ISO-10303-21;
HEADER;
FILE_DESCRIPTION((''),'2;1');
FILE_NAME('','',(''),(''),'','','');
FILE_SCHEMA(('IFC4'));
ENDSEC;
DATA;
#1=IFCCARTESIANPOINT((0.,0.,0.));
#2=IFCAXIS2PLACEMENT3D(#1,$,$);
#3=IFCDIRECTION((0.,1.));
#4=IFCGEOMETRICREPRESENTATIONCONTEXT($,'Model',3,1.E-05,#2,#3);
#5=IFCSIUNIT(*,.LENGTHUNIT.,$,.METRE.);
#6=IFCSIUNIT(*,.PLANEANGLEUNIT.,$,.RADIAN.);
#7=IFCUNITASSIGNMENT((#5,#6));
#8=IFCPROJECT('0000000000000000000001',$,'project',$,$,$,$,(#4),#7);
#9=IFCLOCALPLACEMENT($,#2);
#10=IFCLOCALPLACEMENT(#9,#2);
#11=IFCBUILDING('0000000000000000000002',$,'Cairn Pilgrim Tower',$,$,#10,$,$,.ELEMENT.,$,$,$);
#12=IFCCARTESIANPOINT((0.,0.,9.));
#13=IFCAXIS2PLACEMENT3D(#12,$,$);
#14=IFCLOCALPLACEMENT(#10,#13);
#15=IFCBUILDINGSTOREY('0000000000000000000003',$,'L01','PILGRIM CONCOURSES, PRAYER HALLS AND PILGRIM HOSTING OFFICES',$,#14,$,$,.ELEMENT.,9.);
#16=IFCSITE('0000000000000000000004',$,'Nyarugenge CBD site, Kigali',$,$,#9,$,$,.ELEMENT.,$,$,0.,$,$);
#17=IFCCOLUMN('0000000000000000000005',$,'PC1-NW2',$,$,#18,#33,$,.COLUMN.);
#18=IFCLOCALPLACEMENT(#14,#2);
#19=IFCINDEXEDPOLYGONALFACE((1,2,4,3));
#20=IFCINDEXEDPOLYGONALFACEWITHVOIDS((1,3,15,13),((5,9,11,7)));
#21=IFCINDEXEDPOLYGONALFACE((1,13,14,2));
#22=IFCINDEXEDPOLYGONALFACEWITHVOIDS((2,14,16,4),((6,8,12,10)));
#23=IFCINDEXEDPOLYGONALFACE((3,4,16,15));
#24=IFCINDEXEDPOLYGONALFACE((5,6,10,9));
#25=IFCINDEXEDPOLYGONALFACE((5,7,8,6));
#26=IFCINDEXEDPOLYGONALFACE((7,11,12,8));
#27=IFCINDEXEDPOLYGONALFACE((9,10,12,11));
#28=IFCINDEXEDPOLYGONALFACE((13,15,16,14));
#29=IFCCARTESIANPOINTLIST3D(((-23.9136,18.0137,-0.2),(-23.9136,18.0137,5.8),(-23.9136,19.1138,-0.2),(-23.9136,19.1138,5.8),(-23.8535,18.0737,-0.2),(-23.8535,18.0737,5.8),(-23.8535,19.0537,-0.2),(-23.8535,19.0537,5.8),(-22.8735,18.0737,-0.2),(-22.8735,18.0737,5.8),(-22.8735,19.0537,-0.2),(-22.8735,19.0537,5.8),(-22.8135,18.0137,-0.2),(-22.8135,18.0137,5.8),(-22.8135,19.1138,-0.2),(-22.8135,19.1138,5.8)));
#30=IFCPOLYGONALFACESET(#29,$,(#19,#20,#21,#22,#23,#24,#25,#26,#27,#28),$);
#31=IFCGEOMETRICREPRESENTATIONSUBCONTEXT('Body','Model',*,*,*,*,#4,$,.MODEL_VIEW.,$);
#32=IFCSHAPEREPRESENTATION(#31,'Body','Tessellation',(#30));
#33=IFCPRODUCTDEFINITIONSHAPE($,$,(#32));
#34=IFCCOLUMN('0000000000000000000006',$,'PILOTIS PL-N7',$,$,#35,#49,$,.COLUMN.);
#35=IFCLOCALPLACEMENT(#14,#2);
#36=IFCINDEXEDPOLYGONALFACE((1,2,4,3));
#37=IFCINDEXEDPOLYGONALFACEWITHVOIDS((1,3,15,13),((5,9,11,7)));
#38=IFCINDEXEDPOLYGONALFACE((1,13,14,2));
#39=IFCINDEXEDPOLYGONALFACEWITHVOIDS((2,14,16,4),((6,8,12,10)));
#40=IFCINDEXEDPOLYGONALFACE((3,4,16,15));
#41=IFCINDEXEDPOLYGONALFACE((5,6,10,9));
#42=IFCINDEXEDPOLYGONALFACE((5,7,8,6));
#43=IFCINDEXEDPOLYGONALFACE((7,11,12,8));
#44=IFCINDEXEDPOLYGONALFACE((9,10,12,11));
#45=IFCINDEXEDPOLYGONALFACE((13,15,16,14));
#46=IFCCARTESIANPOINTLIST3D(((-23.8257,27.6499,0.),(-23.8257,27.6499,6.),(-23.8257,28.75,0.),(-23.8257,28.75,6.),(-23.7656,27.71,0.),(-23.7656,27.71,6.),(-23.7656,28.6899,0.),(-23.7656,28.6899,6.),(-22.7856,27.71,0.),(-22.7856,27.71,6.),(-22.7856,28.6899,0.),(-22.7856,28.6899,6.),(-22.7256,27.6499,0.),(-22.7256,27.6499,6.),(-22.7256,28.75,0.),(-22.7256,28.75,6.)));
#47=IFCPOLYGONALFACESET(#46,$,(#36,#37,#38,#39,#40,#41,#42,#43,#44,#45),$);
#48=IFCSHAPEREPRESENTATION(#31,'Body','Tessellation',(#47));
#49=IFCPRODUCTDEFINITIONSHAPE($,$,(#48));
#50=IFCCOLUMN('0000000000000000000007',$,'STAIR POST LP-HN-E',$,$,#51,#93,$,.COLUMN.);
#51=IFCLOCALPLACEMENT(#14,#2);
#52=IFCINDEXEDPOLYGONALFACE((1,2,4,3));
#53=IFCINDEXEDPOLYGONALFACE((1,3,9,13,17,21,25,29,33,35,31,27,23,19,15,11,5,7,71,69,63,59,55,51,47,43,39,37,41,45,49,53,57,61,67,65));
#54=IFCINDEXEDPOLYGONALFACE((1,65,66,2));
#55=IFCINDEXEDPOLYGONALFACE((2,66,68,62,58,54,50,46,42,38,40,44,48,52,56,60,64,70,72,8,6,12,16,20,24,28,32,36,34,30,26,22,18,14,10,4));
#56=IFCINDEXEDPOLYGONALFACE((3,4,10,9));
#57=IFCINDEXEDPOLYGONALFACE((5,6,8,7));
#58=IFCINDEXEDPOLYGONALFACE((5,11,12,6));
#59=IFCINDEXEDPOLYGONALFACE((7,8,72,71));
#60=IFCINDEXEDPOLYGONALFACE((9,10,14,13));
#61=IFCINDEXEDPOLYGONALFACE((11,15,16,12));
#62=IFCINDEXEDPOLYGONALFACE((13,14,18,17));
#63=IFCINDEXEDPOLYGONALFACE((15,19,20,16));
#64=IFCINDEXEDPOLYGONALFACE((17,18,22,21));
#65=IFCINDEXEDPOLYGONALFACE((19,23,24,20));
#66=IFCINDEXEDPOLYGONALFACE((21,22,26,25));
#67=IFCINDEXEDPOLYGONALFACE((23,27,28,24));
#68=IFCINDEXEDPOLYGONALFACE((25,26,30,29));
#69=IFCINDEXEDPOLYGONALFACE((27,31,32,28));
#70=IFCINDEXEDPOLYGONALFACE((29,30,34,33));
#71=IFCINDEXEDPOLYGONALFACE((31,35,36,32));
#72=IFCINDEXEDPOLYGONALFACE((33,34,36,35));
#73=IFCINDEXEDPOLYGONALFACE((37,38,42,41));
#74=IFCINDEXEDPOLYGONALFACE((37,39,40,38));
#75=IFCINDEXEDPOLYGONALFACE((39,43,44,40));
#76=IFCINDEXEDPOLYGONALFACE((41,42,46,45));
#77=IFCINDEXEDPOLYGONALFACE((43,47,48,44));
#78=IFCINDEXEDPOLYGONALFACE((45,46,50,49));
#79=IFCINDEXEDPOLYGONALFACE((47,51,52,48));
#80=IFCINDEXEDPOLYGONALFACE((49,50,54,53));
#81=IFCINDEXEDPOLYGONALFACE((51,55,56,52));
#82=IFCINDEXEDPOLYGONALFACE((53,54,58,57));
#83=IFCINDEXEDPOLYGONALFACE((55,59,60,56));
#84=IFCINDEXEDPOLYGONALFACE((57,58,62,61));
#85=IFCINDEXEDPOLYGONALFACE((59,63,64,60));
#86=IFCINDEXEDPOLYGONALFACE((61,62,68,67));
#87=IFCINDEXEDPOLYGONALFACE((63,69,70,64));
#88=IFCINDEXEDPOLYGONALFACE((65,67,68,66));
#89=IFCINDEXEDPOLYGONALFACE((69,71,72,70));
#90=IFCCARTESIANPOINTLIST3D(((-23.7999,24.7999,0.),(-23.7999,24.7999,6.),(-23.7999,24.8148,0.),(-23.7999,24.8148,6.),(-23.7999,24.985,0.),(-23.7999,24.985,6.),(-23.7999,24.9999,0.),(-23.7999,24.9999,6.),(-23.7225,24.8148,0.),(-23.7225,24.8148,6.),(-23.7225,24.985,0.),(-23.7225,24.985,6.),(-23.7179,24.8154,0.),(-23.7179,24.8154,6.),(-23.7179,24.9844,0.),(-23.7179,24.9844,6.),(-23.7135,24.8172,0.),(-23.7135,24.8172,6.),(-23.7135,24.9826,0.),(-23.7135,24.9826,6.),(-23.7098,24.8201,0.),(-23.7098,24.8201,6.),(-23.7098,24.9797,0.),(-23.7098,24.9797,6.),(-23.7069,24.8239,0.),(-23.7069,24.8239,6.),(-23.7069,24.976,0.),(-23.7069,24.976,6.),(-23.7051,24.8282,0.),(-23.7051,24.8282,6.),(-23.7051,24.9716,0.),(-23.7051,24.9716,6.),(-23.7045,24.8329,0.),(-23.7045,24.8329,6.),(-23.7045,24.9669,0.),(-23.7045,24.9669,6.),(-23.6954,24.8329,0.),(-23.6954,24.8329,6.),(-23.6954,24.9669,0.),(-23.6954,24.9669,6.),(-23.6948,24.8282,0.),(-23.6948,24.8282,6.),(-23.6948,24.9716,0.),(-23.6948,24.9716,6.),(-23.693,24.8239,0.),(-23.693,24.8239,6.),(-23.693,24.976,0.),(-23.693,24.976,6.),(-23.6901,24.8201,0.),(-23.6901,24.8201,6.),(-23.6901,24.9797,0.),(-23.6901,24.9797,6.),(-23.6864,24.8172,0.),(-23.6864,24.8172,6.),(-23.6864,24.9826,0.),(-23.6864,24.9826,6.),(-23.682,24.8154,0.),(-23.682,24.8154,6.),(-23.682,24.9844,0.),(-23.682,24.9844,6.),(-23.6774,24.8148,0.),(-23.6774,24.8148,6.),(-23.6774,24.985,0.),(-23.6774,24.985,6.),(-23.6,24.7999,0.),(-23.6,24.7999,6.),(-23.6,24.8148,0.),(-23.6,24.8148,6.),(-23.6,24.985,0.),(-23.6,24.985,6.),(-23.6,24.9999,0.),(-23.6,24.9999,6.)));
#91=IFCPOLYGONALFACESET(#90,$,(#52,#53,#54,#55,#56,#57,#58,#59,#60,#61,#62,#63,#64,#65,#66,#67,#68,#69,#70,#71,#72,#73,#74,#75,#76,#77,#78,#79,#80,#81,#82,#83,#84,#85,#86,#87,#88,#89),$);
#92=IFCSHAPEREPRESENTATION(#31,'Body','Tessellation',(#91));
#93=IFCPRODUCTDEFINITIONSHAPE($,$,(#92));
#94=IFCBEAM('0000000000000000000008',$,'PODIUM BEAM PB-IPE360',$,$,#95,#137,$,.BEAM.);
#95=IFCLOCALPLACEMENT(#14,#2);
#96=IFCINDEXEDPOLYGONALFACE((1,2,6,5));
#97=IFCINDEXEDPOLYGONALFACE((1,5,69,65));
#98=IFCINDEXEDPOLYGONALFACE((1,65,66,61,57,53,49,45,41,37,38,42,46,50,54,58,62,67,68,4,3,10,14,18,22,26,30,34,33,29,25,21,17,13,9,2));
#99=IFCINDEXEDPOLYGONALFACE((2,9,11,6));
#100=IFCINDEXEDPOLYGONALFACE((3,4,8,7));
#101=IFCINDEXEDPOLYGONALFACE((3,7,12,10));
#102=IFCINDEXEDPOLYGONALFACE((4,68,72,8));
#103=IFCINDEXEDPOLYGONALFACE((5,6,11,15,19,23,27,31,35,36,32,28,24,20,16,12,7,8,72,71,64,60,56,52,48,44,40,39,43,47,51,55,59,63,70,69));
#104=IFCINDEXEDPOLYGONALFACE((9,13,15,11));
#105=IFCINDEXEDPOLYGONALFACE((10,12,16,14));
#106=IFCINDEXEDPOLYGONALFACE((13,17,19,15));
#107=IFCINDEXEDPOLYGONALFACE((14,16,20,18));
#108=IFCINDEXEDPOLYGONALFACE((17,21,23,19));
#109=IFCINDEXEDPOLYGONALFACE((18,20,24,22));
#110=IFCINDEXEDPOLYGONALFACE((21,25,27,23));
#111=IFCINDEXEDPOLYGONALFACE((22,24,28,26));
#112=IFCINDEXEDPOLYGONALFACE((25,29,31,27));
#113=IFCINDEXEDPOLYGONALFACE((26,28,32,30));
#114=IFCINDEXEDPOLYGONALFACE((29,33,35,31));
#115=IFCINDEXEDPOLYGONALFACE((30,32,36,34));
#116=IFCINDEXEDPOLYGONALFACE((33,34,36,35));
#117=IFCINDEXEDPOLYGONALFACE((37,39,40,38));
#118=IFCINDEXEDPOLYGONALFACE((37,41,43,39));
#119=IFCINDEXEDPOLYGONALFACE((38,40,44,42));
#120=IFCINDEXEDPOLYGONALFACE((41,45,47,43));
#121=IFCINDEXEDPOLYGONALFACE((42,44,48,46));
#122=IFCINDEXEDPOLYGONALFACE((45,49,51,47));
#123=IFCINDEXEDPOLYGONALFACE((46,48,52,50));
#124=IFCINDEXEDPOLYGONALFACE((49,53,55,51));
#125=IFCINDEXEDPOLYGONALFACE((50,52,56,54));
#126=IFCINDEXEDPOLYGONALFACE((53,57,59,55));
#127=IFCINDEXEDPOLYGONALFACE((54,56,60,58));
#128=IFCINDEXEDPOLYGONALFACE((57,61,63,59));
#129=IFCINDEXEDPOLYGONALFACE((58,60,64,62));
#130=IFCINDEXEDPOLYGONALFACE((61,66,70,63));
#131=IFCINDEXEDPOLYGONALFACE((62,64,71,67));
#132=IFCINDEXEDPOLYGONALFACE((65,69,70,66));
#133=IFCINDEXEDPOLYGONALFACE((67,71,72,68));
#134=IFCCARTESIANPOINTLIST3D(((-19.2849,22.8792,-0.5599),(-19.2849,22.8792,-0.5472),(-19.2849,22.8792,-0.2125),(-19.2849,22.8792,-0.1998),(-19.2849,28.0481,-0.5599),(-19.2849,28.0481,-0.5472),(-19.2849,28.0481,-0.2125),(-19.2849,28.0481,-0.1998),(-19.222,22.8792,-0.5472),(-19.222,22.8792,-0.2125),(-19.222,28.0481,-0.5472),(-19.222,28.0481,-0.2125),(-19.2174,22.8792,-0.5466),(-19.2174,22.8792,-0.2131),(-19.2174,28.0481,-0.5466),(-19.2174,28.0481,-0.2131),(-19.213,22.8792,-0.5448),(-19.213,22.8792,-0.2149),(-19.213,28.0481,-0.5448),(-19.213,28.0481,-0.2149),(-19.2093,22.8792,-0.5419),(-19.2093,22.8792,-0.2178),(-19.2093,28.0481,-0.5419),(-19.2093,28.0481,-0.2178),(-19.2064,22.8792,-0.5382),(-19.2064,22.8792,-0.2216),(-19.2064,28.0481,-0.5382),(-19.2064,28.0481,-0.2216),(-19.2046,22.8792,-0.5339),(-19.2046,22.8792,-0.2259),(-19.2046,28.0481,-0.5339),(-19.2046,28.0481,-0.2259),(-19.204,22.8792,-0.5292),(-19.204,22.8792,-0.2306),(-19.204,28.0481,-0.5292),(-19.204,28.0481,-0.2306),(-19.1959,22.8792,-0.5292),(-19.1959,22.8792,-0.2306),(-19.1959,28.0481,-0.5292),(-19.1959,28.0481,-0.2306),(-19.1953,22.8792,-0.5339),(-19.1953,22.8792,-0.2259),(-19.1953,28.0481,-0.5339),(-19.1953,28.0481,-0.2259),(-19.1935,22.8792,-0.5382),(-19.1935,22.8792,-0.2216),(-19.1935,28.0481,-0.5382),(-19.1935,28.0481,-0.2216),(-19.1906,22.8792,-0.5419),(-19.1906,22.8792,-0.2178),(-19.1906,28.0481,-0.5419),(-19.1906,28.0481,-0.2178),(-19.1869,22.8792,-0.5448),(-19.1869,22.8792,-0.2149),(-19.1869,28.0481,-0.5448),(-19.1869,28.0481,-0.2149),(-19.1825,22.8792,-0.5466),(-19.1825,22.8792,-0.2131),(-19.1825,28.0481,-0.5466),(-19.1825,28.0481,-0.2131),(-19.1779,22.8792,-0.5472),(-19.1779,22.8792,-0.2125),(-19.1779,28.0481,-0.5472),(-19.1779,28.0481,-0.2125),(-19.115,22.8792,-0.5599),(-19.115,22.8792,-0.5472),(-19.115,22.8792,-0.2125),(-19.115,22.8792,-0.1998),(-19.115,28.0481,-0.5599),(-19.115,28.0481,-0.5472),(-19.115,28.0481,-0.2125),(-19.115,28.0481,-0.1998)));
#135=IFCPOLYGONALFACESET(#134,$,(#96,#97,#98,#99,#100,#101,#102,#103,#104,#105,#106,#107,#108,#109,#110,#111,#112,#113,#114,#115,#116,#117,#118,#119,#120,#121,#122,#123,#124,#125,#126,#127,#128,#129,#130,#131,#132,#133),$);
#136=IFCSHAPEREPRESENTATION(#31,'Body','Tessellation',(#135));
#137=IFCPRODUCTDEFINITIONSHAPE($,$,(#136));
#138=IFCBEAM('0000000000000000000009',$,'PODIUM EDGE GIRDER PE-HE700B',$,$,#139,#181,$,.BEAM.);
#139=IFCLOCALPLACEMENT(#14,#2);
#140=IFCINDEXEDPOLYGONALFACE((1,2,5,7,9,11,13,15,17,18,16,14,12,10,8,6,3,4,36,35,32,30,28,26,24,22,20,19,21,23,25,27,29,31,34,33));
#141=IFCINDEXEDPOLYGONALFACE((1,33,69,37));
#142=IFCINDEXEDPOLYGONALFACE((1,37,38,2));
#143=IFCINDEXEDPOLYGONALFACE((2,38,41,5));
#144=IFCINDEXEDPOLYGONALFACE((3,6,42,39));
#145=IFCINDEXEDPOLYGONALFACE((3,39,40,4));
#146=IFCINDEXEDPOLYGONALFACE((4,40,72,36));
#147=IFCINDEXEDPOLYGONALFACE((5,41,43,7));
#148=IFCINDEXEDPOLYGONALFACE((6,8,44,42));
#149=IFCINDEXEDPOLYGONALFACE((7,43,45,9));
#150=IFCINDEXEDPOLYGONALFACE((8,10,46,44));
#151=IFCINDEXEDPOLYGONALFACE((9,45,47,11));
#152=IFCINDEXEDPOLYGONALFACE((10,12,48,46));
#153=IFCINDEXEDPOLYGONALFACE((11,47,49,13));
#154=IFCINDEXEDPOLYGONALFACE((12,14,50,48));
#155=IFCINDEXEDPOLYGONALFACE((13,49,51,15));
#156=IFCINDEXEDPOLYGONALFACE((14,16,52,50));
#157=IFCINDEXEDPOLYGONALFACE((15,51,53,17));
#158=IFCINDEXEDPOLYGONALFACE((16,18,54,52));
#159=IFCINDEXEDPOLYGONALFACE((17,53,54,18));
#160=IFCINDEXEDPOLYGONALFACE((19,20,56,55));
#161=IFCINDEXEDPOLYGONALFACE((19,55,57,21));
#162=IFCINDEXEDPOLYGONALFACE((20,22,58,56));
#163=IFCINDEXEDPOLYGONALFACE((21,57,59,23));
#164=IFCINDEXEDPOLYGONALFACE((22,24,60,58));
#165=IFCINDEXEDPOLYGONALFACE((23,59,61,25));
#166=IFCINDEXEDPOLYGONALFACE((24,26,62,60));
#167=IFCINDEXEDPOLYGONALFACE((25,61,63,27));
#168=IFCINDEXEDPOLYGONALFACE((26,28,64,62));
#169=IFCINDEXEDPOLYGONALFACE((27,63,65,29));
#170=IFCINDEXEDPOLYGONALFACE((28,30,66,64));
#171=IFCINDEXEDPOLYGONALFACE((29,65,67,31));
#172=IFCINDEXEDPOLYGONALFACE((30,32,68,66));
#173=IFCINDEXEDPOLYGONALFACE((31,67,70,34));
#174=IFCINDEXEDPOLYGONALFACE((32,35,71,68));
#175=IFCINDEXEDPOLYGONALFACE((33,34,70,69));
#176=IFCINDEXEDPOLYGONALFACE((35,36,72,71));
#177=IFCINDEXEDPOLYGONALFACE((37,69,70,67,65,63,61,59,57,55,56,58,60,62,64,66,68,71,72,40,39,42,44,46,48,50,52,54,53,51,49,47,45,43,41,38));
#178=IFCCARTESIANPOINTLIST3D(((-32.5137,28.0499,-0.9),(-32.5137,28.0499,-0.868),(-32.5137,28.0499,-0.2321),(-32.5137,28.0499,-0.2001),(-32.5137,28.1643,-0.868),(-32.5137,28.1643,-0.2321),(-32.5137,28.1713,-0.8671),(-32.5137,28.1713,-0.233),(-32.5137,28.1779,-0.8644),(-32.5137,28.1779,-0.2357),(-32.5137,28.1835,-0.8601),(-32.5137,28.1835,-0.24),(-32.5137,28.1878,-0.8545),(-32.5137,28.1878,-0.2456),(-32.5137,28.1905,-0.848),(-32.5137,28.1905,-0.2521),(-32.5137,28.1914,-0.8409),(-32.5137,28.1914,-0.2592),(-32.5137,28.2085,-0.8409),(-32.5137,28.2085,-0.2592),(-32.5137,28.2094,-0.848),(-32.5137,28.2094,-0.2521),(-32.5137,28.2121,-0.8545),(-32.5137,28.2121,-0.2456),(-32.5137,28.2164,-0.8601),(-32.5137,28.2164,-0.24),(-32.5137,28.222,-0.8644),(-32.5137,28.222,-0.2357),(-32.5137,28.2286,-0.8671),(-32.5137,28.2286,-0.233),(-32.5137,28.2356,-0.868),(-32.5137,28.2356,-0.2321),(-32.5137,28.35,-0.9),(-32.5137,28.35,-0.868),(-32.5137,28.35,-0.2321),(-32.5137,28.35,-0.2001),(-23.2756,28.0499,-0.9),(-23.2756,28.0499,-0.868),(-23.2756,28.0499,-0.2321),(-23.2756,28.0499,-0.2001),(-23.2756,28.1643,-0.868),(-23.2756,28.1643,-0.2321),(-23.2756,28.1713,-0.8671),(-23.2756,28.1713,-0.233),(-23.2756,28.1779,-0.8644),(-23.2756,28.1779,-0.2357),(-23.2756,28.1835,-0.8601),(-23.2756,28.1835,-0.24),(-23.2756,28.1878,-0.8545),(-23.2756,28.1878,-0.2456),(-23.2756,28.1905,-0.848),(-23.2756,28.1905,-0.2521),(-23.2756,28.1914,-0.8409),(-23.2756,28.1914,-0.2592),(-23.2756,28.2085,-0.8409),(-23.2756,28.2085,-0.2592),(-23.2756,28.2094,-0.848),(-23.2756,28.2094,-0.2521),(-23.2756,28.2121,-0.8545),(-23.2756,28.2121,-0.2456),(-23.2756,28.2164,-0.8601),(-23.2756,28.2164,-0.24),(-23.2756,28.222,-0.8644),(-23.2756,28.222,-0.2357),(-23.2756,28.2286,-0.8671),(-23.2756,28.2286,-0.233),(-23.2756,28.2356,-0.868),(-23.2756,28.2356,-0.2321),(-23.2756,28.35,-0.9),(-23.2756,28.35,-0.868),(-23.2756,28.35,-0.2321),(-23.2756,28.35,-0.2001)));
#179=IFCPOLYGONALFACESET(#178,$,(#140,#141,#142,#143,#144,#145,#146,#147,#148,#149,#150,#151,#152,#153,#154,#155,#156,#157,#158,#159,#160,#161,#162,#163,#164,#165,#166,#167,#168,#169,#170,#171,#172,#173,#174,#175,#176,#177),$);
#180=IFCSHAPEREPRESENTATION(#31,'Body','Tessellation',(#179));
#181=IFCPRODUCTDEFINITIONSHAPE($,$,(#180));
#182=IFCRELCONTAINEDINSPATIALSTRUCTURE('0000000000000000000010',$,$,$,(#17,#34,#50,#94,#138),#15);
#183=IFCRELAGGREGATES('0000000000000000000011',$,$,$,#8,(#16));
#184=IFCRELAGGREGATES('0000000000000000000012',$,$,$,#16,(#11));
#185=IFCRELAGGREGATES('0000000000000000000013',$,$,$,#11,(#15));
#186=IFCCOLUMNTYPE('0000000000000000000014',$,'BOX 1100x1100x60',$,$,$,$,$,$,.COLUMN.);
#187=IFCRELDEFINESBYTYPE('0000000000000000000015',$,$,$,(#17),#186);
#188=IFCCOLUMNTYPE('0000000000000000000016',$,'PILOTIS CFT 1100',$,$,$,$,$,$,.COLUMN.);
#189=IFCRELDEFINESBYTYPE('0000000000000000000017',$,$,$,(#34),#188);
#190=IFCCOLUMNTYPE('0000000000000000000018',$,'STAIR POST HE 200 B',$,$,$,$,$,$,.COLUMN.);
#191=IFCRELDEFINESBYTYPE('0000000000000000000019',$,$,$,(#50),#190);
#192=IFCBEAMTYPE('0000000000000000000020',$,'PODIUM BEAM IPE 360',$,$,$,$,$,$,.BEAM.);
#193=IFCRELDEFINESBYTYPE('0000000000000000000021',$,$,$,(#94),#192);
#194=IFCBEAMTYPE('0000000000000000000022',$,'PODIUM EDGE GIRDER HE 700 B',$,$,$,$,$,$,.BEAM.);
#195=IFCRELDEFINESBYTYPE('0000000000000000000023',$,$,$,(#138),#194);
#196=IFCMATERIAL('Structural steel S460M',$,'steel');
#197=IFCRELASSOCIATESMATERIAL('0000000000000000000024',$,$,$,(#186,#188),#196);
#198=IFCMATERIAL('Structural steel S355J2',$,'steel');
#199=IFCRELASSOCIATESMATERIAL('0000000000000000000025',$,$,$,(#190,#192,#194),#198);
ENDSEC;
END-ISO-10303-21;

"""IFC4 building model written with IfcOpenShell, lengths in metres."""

from ifc_helpers import new_model, si_unit, direction, frame, origin, origin_2d, place, context, subcontext, project, spatial, hollow_rectangle, i_section, extrude, material, material_profile, profile_set, type_object, element, save


model = new_model("IFC4")

# Units and contexts
model_context = context("Model", 3, precision=1e-05, world=origin(), true_north=direction((0.0, 1.0)))
body_context = subcontext(model_context, "Body", "Model", "MODEL_VIEW")
ifc_project = project(units=[si_unit("LENGTHUNIT", "METRE"), si_unit("PLANEANGLEUNIT", "RADIAN")], contexts=[model_context])

# Site, building, storey
site_placement = place(None, origin())
site = spatial("IfcSite", under=ifc_project, at=site_placement, Name="Nyarugenge CBD site, Kigali", CompositionType="ELEMENT", RefElevation=0.0)
building_placement = place(site_placement, origin())
building = spatial("IfcBuilding", under=site, at=building_placement, Name="Cairn Pilgrim Tower", CompositionType="ELEMENT")
storey_placement = place(building_placement, frame((0.0, 0.0, 9.0)))
storey = spatial("IfcBuildingStorey", under=building, at=storey_placement, Name="L01", Description="PILGRIM CONCOURSES, PRAYER HALLS AND PILGRIM HOSTING OFFICES", CompositionType="ELEMENT", Elevation=9.0)

# Columns
ifc_material_1 = material(Name="Structural steel S460M", Category="steel")
ifc_material_profile_1 = material_profile(ifc_material_1, hollow_rectangle(XDim=1.1001, YDim=1.1001, WallThickness=0.0601, at=origin_2d()), Name="BOX 1100x1100x60")
ifc_profile_set_1 = profile_set([ifc_material_profile_1], Name="Structural steel S460M")
column_type_1 = type_object("IfcColumnType", Name="BOX 1100x1100x60", PredefinedType="COLUMN", material=ifc_profile_set_1)
column_1_placement = place(storey_placement, frame((-23.3635, 18.5637, -0.2), z_axis=(0.0, 0.0, 1.0), x_axis=(1.0, 0.0, 0.0)))
element("IfcColumn", 1, at=column_1_placement, inside=storey, type_object=column_type_1, Name="PC1-NW2", PredefinedType="COLUMN", context=body_context, shape_type="SweptSolid", body=[
    extrude(hollow_rectangle(XDim=1.1001, YDim=1.1001, WallThickness=0.0601, at=origin_2d()), origin(), (0.0, 0.0, 1.0), 6.0),
])
ifc_material_profile_2 = material_profile(ifc_material_1, hollow_rectangle(XDim=1.1001, YDim=1.1001, WallThickness=0.0601, at=origin_2d()), Name="BOX 1100x1100x60")
ifc_profile_set_2 = profile_set([ifc_material_profile_2], Name="Structural steel S460M")
column_type_2 = type_object("IfcColumnType", Name="PILOTIS CFT 1100", PredefinedType="COLUMN", material=ifc_profile_set_2)
column_2_placement = place(storey_placement, frame((-23.2756, 28.2, 0.0), z_axis=(0.0, 0.0, 1.0), x_axis=(1.0, 0.0, 0.0)))
element("IfcColumn", 2, at=column_2_placement, inside=storey, type_object=column_type_2, Name="PILOTIS PL-N7", PredefinedType="COLUMN", context=body_context, shape_type="SweptSolid", body=[
    extrude(hollow_rectangle(XDim=1.1001, YDim=1.1001, WallThickness=0.0601, at=origin_2d()), origin(), (0.0, 0.0, 1.0), 6.0),
])
ifc_material_2 = material(Name="Structural steel S355J2", Category="steel")
ifc_material_profile_3 = material_profile(ifc_material_2, i_section(OverallWidth=0.2, OverallDepth=0.2, WebThickness=0.009, FlangeThickness=0.0149, FilletRadius=0.0181, at=origin_2d()), Name="HE 200 B")
ifc_profile_set_3 = profile_set([ifc_material_profile_3], Name="Structural steel S355J2")
column_type_3 = type_object("IfcColumnType", Name="STAIR POST HE 200 B", PredefinedType="COLUMN", material=ifc_profile_set_3)
column_3_placement = place(storey_placement, frame((-23.7, 24.8999, 0.0), z_axis=(0.0, 0.0, 1.0), x_axis=(1.0, 0.0, 0.0)))
element("IfcColumn", 3, at=column_3_placement, inside=storey, type_object=column_type_3, Name="STAIR POST LP-HN-E", PredefinedType="COLUMN", context=body_context, shape_type="SweptSolid", body=[
    extrude(i_section(OverallWidth=0.2, OverallDepth=0.2, WebThickness=0.009, FlangeThickness=0.0149, FilletRadius=0.0181, at=origin_2d()), origin(), (0.0, 0.0, 1.0), 6.0),
])

# Beams
ifc_material_profile_4 = material_profile(ifc_material_2, i_section(OverallWidth=0.1699, OverallDepth=0.3601, WebThickness=0.0081, FlangeThickness=0.0127, FilletRadius=0.0181, at=origin_2d()), Name="IPE 360")
ifc_profile_set_4 = profile_set([ifc_material_profile_4], Name="Structural steel S355J2")
beam_type_1 = type_object("IfcBeamType", Name="PODIUM BEAM IPE 360", PredefinedType="BEAM", material=ifc_profile_set_4)
beam_1_placement = place(storey_placement, frame((-19.2, 22.8792, -0.3799), z_axis=(0.0, 1.0, 0.0), x_axis=(-1.0, 0.0, 0.0)))
element("IfcBeam", 4, at=beam_1_placement, inside=storey, type_object=beam_type_1, Name="PODIUM BEAM PB-IPE360", PredefinedType="BEAM", context=body_context, shape_type="SweptSolid", body=[
    extrude(i_section(OverallWidth=0.1699, OverallDepth=0.3601, WebThickness=0.0081, FlangeThickness=0.0127, FilletRadius=0.0181, at=origin_2d()), origin(), (0.0, 0.0, 1.0), 5.1689),
])
ifc_material_profile_5 = material_profile(ifc_material_2, i_section(OverallWidth=0.3, OverallDepth=0.7, WebThickness=0.0171, FlangeThickness=0.032, FilletRadius=0.0271, at=origin_2d()), Name="HEB 700")
ifc_profile_set_5 = profile_set([ifc_material_profile_5], Name="Structural steel S355J2")
beam_type_2 = type_object("IfcBeamType", Name="PODIUM EDGE GIRDER HE 700 B", PredefinedType="BEAM", material=ifc_profile_set_5)
beam_2_placement = place(storey_placement, frame((-23.2756, 28.2, -0.55), z_axis=(-1.0, 0.0, 0.0), x_axis=(0.0, -1.0, 0.0)))
element("IfcBeam", 5, at=beam_2_placement, inside=storey, type_object=beam_type_2, Name="PODIUM EDGE GIRDER PE-HE700B", PredefinedType="BEAM", context=body_context, shape_type="SweptSolid", body=[
    extrude(i_section(OverallWidth=0.3, OverallDepth=0.7, WebThickness=0.0171, FlangeThickness=0.032, FilletRadius=0.0271, at=origin_2d()), origin(), (0.0, 0.0, 1.0), 9.238),
])

save(model, "model.ifc")
